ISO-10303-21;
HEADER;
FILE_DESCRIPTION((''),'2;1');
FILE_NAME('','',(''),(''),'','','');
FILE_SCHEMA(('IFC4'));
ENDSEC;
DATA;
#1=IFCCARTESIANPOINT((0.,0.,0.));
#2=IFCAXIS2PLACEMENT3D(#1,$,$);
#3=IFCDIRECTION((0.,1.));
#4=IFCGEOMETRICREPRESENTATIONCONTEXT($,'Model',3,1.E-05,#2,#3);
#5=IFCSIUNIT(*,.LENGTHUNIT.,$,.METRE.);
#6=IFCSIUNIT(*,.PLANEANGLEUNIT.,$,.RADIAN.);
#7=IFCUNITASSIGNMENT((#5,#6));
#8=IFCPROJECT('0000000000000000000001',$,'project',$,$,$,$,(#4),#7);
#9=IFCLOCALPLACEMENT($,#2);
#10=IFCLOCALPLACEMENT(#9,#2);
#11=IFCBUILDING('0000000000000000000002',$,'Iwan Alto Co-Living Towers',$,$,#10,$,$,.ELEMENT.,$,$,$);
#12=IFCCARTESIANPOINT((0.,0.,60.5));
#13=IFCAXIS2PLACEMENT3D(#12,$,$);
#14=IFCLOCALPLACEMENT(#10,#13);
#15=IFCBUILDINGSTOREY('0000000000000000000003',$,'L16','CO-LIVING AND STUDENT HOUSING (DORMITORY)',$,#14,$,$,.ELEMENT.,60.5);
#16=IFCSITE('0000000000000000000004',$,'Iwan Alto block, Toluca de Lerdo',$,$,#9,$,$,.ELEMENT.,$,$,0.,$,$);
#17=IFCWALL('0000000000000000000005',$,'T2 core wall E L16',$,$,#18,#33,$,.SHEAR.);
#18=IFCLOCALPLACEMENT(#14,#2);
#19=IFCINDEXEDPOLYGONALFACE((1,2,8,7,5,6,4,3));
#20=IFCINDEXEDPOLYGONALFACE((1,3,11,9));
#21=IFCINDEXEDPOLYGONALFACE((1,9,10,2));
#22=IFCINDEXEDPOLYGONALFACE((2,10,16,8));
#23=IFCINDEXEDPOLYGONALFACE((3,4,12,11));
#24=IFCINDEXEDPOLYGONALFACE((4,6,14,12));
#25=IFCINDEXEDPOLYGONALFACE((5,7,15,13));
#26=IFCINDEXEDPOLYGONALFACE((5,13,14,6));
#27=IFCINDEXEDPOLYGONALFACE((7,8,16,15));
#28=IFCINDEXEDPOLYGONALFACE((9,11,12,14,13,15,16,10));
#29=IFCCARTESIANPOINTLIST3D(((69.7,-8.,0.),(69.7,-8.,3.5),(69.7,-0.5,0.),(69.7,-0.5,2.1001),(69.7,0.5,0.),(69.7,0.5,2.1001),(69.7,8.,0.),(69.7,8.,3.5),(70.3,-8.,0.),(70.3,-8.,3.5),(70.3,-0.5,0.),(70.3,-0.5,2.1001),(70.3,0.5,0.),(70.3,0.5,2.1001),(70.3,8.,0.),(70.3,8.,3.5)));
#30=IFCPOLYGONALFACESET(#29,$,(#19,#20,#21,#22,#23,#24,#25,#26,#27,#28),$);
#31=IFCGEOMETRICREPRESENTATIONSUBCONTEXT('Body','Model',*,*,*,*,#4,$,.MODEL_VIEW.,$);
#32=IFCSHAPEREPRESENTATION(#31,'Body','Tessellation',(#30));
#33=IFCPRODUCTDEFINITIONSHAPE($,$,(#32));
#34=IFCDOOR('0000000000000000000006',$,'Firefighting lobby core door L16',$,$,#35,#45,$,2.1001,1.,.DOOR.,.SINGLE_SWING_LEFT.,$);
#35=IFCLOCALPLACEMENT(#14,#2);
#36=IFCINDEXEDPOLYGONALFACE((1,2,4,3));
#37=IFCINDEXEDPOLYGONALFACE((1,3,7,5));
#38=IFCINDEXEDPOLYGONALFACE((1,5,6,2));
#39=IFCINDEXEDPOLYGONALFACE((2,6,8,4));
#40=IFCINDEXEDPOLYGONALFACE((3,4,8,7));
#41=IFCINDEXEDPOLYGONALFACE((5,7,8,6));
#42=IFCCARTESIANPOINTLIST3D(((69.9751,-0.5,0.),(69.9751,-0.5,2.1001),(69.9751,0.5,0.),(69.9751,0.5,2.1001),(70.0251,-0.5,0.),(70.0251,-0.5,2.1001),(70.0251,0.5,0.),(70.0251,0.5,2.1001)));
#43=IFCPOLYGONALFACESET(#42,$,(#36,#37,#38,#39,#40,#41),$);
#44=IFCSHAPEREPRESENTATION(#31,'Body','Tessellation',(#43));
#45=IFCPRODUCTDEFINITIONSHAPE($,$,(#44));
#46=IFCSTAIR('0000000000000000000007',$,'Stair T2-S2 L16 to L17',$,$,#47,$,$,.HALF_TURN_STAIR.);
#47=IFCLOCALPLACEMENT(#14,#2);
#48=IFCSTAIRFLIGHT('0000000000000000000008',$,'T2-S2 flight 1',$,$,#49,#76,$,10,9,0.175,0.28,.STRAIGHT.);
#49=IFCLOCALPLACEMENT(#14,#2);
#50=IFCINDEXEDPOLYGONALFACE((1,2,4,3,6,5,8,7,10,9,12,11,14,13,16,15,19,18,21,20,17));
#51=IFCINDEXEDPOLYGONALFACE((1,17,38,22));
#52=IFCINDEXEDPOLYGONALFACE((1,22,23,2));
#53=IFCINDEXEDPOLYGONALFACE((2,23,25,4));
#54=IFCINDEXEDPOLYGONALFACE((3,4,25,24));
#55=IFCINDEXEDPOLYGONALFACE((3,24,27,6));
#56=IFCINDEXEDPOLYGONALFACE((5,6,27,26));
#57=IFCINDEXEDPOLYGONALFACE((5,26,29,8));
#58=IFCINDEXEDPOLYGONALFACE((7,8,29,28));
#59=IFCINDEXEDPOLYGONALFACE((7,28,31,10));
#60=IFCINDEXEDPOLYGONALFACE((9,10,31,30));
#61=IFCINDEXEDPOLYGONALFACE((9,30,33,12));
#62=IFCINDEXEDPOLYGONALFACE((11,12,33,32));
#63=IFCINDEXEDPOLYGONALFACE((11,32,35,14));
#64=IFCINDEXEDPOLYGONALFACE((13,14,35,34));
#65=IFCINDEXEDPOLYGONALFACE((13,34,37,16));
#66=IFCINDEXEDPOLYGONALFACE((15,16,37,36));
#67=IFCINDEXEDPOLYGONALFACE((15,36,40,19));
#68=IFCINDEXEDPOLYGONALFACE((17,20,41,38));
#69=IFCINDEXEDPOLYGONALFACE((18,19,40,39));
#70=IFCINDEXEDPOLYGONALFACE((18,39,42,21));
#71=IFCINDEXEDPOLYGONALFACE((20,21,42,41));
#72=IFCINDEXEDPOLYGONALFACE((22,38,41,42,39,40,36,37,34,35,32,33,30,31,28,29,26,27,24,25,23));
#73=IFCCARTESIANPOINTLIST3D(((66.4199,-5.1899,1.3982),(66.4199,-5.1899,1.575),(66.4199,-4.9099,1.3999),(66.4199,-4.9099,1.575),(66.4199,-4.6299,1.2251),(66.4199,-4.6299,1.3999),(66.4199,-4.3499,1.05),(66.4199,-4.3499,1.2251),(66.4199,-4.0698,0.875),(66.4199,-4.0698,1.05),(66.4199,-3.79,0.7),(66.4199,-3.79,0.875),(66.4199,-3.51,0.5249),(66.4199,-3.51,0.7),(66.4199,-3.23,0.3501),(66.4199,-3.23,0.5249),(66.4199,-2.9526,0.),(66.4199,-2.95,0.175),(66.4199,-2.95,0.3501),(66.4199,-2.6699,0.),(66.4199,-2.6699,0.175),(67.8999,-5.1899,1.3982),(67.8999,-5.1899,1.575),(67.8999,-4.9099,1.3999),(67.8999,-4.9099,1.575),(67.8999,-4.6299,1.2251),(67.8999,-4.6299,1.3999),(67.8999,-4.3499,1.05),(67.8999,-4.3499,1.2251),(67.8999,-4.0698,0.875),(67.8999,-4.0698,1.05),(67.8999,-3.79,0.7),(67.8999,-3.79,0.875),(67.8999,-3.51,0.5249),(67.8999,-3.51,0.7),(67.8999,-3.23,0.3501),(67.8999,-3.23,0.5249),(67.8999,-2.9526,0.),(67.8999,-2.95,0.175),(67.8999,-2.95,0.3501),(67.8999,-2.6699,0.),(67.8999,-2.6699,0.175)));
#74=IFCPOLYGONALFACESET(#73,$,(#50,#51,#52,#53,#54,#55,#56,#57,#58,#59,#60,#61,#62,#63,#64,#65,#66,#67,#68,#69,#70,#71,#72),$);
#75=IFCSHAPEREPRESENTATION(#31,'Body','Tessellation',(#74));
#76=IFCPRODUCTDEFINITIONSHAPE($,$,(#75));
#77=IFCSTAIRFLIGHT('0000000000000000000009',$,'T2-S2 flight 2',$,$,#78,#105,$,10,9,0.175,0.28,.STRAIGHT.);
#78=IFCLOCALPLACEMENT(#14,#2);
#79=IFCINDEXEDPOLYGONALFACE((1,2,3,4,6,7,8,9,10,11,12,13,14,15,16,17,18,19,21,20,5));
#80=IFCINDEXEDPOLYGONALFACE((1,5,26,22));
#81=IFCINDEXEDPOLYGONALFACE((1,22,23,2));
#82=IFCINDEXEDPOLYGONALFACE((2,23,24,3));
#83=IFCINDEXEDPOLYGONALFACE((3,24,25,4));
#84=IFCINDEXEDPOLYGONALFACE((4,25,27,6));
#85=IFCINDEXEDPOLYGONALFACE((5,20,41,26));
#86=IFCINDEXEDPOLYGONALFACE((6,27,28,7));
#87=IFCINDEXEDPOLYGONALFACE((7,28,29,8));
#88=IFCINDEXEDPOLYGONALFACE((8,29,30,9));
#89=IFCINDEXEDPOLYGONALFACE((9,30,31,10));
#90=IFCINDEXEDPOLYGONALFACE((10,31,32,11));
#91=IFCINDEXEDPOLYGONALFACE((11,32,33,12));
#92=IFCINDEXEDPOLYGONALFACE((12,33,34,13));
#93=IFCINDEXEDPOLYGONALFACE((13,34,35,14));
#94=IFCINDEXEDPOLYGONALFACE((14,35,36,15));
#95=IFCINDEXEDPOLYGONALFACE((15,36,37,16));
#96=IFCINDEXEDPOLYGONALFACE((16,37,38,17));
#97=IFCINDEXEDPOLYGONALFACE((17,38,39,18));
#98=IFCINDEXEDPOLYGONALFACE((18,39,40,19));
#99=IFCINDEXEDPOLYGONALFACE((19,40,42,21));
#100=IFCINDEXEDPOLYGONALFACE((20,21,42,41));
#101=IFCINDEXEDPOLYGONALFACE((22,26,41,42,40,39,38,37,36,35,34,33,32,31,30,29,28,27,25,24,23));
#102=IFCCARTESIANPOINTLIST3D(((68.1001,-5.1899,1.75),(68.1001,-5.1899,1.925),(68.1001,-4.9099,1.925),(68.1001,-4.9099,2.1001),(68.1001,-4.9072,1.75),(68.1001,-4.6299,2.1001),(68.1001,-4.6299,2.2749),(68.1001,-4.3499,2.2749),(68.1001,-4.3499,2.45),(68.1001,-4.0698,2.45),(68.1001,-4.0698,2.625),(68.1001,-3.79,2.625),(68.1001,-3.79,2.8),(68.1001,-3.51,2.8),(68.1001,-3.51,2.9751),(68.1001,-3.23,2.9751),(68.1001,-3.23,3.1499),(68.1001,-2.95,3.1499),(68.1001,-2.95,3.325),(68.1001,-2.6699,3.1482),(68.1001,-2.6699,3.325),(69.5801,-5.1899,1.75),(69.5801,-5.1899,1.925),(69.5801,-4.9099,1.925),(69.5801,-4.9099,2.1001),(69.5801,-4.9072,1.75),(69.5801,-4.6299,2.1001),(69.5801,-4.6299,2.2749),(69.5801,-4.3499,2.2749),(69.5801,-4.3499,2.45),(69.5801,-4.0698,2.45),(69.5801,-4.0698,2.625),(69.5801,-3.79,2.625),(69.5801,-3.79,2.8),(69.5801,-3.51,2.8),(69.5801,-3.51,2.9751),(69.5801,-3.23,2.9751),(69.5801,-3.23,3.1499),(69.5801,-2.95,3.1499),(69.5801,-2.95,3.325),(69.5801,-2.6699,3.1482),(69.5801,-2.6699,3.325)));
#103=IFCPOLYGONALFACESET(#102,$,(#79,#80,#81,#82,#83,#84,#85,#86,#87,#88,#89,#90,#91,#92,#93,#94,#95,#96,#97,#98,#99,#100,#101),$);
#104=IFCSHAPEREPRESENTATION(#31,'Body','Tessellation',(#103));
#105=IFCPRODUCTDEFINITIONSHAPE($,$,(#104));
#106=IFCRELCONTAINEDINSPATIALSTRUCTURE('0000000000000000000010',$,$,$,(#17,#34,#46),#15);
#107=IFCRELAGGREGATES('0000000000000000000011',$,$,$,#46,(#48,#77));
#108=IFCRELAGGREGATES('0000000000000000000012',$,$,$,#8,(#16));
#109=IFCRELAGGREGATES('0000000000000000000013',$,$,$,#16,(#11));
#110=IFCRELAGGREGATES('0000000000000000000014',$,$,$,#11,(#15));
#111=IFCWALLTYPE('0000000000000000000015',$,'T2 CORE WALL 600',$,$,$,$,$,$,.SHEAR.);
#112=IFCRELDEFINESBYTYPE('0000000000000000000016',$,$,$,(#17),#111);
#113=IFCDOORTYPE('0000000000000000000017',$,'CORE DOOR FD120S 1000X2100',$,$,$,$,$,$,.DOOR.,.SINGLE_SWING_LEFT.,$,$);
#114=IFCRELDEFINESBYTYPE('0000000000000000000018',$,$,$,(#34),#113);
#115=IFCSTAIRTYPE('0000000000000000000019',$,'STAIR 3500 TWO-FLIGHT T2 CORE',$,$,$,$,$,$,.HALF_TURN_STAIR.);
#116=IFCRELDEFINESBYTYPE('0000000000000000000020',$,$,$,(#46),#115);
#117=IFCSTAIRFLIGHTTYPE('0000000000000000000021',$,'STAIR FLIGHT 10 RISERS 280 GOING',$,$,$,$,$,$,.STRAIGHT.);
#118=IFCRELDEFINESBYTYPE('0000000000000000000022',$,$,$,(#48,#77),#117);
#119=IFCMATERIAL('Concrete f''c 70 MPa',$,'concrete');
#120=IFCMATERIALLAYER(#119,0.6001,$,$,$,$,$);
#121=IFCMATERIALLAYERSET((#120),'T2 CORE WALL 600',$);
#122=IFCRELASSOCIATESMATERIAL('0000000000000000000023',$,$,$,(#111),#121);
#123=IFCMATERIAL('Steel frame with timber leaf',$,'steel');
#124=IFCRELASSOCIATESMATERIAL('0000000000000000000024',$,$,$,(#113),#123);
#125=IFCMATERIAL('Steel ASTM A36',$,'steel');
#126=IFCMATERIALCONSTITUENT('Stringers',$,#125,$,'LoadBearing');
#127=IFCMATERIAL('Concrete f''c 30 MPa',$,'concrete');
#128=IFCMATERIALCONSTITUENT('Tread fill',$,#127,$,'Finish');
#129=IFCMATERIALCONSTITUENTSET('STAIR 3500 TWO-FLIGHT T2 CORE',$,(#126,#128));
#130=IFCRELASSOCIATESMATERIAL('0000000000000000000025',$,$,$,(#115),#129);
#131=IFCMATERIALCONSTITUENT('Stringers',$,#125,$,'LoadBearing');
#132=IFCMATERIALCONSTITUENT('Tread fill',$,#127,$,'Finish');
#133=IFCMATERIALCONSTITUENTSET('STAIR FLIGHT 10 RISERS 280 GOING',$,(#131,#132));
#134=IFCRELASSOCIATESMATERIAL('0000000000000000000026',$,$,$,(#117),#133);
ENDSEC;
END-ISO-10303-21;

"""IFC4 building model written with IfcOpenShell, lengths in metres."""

from ifc_helpers import new_model, si_unit, direction, frame, frame_2d, origin, place, context, subcontext, project, spatial, polyline, rectangle, outline, extrude, material, layer, layer_set, constituent, constituent_set, type_object, element, fill, aggregate, save


model = new_model("IFC4")

# Units and contexts
model_context = context("Model", 3, precision=1e-05, world=origin(), true_north=direction((0.0, 1.0)))
body_context = subcontext(model_context, "Body", "Model", "MODEL_VIEW")
ifc_project = project(units=[si_unit("LENGTHUNIT", "METRE"), si_unit("PLANEANGLEUNIT", "RADIAN")], contexts=[model_context])

# Site, building, storey
site_placement = place(None, origin())
site = spatial("IfcSite", under=ifc_project, at=site_placement, Name="Iwan Alto block, Toluca de Lerdo", CompositionType="ELEMENT", RefElevation=0.0)
building_placement = place(site_placement, origin())
building = spatial("IfcBuilding", under=site, at=building_placement, Name="Iwan Alto Co-Living Towers", CompositionType="ELEMENT")
storey_placement = place(building_placement, frame((0.0, 0.0, 60.5)))
storey = spatial("IfcBuildingStorey", under=building, at=storey_placement, Name="L16", Description="CO-LIVING AND STUDENT HOUSING (DORMITORY)", CompositionType="ELEMENT", Elevation=60.5)

# Wall, opening, door
ifc_material_1 = material(Name="Concrete f'c 70 MPa", Category="concrete")
ifc_layer_1 = layer(ifc_material_1, 0.6001)
ifc_layer_set_1 = layer_set([ifc_layer_1], Name="T2 CORE WALL 600")
wall_type_1 = type_object("IfcWallType", Name="T2 CORE WALL 600", PredefinedType="SHEAR", material=ifc_layer_set_1)
wall_1_placement = place(storey_placement, frame((70.0, -8.0, 0.0), z_axis=(0.0, 0.0, 1.0), x_axis=(0.0, 1.0, 0.0)))
wall_1 = element("IfcWall", 1, at=wall_1_placement, inside=storey, type_object=wall_type_1, Name="T2 core wall E L16", PredefinedType="SHEAR", context=body_context, shape_type="SweptSolid", body=[
    extrude(rectangle(XDim=16.0, YDim=0.6001, at=frame_2d((8.0, 0.0))), origin(), (0.0, 0.0, 1.0), 3.5),
])
opening_1_placement = place(wall_1_placement, frame((7.5, 0.0, 0.0)))
opening_1 = element("IfcOpeningElement", 2, at=opening_1_placement, cuts=wall_1, PredefinedType="OPENING", context=body_context, shape_type="SweptSolid", body=[
    extrude(rectangle(XDim=1.0, YDim=2.1001, at=frame_2d((0.5, 1.05))), frame((0.0, 0.3101, 0.0), z_axis=(0.0, -1.0, 0.0), x_axis=(1.0, 0.0, 0.0)), (0.0, 0.0, 1.0), 0.6201),
])
ifc_material_2 = material(Name="Steel frame with timber leaf", Category="steel")
door_type_1 = type_object("IfcDoorType", Name="CORE DOOR FD120S 1000X2100", OperationType="SINGLE_SWING_LEFT", PredefinedType="DOOR", material=ifc_material_2)
door_1_placement = place(opening_1_placement, origin())
door_1 = element("IfcDoor", 3, at=door_1_placement, inside=storey, type_object=door_type_1, Name="Firefighting lobby core door L16", OperationType="SINGLE_SWING_LEFT", OverallHeight=2.1001, OverallWidth=1.0, PredefinedType="DOOR", context=body_context, shape_type="SweptSolid", body=[
    extrude(rectangle(XDim=1.0, YDim=2.1001, at=frame_2d((0.5, 1.05))), frame((0.0, 0.0249, 0.0), z_axis=(0.0, -1.0, 0.0), x_axis=(1.0, 0.0, 0.0)), (0.0, 0.0, 1.0), 0.05),
])
fill(opening_1, door_1)

# Stair, stair flights
ifc_material_3 = material(Name="Steel ASTM A36", Category="steel")
ifc_constituent_1 = constituent(ifc_material_3, Name="Stringers", Category="LoadBearing")
ifc_material_4 = material(Name="Concrete f'c 30 MPa", Category="concrete")
ifc_constituent_2 = constituent(ifc_material_4, Name="Tread fill", Category="Finish")
ifc_constituent_set_1 = constituent_set(constituents=[ifc_constituent_1, ifc_constituent_2], Name="STAIR 3500 TWO-FLIGHT T2 CORE")
stair_type = type_object("IfcStairType", Name="STAIR 3500 TWO-FLIGHT T2 CORE", PredefinedType="HALF_TURN_STAIR", material=ifc_constituent_set_1)
stair_placement = place(storey_placement, origin())
stair = element("IfcStair", 4, at=stair_placement, inside=storey, type_object=stair_type, Name="Stair T2-S2 L16 to L17", PredefinedType="HALF_TURN_STAIR")
ifc_constituent_3 = constituent(ifc_material_3, Name="Stringers", Category="LoadBearing")
ifc_constituent_4 = constituent(ifc_material_4, Name="Tread fill", Category="Finish")
ifc_constituent_set_2 = constituent_set(constituents=[ifc_constituent_3, ifc_constituent_4], Name="STAIR FLIGHT 10 RISERS 280 GOING")
stair_flight_type = type_object("IfcStairFlightType", Name="STAIR FLIGHT 10 RISERS 280 GOING", PredefinedType="STRAIGHT", material=ifc_constituent_set_2)
stair_flight_1_placement = place(storey_placement, frame((67.1599, -2.6699, 0.0), z_axis=(0.0, 0.0, 1.0), x_axis=(0.0, -1.0, 0.0)))
stair_flight_1 = element("IfcStairFlight", 5, at=stair_flight_1_placement, type_object=stair_flight_type, Name="T2-S2 flight 1", NumberOfRisers=10, NumberOfTreads=9, PredefinedType="STRAIGHT", RiserHeight=0.175, TreadLength=0.28, context=body_context, shape_type="SweptSolid", body=[
    extrude(outline(polyline([(0.0, 0.0), (0.0, 0.175), (0.28, 0.175), (0.28, 0.3501), (0.5601, 0.3501), (0.5601, 0.5249), (0.8401, 0.5249), (0.8401, 0.7), (1.1201, 0.7), (1.1201, 0.875), (1.3999, 0.875), (1.3999, 1.05), (1.6799, 1.05), (1.6799, 1.2251), (1.96, 1.2251), (1.96, 1.3999), (2.24, 1.3999), (2.24, 1.575), (2.52, 1.575), (2.52, 1.75), (2.52, 1.3982), (0.2827, 0.0), (0.0, 0.0)])), frame((0.0, 0.74, 0.0), z_axis=(0.0, -1.0, 0.0), x_axis=(1.0, 0.0, 0.0)), (0.0, 0.0, 1.0), 1.48),
])
stair_flight_2_placement = place(storey_placement, frame((68.8401, -5.1899, 1.75), z_axis=(0.0, 0.0, 1.0), x_axis=(0.0, 1.0, 0.0)))
stair_flight_2 = element("IfcStairFlight", 6, at=stair_flight_2_placement, type_object=stair_flight_type, Name="T2-S2 flight 2", NumberOfRisers=10, NumberOfTreads=9, PredefinedType="STRAIGHT", RiserHeight=0.175, TreadLength=0.28, context=body_context, shape_type="SweptSolid", body=[
    extrude(outline(polyline([(0.0, 0.0), (0.0, 0.175), (0.28, 0.175), (0.28, 0.3501), (0.5601, 0.3501), (0.5601, 0.5249), (0.8401, 0.5249), (0.8401, 0.7), (1.1201, 0.7), (1.1201, 0.875), (1.3999, 0.875), (1.3999, 1.05), (1.6799, 1.05), (1.6799, 1.2251), (1.96, 1.2251), (1.96, 1.3999), (2.24, 1.3999), (2.24, 1.575), (2.52, 1.575), (2.52, 1.75), (2.52, 1.3982), (0.2827, 0.0), (0.0, 0.0)])), frame((0.0, 0.74, 0.0), z_axis=(0.0, -1.0, 0.0), x_axis=(1.0, 0.0, 0.0)), (0.0, 0.0, 1.0), 1.48),
])
aggregate(stair, [stair_flight_1, stair_flight_2])

save(model, "model.ifc")
